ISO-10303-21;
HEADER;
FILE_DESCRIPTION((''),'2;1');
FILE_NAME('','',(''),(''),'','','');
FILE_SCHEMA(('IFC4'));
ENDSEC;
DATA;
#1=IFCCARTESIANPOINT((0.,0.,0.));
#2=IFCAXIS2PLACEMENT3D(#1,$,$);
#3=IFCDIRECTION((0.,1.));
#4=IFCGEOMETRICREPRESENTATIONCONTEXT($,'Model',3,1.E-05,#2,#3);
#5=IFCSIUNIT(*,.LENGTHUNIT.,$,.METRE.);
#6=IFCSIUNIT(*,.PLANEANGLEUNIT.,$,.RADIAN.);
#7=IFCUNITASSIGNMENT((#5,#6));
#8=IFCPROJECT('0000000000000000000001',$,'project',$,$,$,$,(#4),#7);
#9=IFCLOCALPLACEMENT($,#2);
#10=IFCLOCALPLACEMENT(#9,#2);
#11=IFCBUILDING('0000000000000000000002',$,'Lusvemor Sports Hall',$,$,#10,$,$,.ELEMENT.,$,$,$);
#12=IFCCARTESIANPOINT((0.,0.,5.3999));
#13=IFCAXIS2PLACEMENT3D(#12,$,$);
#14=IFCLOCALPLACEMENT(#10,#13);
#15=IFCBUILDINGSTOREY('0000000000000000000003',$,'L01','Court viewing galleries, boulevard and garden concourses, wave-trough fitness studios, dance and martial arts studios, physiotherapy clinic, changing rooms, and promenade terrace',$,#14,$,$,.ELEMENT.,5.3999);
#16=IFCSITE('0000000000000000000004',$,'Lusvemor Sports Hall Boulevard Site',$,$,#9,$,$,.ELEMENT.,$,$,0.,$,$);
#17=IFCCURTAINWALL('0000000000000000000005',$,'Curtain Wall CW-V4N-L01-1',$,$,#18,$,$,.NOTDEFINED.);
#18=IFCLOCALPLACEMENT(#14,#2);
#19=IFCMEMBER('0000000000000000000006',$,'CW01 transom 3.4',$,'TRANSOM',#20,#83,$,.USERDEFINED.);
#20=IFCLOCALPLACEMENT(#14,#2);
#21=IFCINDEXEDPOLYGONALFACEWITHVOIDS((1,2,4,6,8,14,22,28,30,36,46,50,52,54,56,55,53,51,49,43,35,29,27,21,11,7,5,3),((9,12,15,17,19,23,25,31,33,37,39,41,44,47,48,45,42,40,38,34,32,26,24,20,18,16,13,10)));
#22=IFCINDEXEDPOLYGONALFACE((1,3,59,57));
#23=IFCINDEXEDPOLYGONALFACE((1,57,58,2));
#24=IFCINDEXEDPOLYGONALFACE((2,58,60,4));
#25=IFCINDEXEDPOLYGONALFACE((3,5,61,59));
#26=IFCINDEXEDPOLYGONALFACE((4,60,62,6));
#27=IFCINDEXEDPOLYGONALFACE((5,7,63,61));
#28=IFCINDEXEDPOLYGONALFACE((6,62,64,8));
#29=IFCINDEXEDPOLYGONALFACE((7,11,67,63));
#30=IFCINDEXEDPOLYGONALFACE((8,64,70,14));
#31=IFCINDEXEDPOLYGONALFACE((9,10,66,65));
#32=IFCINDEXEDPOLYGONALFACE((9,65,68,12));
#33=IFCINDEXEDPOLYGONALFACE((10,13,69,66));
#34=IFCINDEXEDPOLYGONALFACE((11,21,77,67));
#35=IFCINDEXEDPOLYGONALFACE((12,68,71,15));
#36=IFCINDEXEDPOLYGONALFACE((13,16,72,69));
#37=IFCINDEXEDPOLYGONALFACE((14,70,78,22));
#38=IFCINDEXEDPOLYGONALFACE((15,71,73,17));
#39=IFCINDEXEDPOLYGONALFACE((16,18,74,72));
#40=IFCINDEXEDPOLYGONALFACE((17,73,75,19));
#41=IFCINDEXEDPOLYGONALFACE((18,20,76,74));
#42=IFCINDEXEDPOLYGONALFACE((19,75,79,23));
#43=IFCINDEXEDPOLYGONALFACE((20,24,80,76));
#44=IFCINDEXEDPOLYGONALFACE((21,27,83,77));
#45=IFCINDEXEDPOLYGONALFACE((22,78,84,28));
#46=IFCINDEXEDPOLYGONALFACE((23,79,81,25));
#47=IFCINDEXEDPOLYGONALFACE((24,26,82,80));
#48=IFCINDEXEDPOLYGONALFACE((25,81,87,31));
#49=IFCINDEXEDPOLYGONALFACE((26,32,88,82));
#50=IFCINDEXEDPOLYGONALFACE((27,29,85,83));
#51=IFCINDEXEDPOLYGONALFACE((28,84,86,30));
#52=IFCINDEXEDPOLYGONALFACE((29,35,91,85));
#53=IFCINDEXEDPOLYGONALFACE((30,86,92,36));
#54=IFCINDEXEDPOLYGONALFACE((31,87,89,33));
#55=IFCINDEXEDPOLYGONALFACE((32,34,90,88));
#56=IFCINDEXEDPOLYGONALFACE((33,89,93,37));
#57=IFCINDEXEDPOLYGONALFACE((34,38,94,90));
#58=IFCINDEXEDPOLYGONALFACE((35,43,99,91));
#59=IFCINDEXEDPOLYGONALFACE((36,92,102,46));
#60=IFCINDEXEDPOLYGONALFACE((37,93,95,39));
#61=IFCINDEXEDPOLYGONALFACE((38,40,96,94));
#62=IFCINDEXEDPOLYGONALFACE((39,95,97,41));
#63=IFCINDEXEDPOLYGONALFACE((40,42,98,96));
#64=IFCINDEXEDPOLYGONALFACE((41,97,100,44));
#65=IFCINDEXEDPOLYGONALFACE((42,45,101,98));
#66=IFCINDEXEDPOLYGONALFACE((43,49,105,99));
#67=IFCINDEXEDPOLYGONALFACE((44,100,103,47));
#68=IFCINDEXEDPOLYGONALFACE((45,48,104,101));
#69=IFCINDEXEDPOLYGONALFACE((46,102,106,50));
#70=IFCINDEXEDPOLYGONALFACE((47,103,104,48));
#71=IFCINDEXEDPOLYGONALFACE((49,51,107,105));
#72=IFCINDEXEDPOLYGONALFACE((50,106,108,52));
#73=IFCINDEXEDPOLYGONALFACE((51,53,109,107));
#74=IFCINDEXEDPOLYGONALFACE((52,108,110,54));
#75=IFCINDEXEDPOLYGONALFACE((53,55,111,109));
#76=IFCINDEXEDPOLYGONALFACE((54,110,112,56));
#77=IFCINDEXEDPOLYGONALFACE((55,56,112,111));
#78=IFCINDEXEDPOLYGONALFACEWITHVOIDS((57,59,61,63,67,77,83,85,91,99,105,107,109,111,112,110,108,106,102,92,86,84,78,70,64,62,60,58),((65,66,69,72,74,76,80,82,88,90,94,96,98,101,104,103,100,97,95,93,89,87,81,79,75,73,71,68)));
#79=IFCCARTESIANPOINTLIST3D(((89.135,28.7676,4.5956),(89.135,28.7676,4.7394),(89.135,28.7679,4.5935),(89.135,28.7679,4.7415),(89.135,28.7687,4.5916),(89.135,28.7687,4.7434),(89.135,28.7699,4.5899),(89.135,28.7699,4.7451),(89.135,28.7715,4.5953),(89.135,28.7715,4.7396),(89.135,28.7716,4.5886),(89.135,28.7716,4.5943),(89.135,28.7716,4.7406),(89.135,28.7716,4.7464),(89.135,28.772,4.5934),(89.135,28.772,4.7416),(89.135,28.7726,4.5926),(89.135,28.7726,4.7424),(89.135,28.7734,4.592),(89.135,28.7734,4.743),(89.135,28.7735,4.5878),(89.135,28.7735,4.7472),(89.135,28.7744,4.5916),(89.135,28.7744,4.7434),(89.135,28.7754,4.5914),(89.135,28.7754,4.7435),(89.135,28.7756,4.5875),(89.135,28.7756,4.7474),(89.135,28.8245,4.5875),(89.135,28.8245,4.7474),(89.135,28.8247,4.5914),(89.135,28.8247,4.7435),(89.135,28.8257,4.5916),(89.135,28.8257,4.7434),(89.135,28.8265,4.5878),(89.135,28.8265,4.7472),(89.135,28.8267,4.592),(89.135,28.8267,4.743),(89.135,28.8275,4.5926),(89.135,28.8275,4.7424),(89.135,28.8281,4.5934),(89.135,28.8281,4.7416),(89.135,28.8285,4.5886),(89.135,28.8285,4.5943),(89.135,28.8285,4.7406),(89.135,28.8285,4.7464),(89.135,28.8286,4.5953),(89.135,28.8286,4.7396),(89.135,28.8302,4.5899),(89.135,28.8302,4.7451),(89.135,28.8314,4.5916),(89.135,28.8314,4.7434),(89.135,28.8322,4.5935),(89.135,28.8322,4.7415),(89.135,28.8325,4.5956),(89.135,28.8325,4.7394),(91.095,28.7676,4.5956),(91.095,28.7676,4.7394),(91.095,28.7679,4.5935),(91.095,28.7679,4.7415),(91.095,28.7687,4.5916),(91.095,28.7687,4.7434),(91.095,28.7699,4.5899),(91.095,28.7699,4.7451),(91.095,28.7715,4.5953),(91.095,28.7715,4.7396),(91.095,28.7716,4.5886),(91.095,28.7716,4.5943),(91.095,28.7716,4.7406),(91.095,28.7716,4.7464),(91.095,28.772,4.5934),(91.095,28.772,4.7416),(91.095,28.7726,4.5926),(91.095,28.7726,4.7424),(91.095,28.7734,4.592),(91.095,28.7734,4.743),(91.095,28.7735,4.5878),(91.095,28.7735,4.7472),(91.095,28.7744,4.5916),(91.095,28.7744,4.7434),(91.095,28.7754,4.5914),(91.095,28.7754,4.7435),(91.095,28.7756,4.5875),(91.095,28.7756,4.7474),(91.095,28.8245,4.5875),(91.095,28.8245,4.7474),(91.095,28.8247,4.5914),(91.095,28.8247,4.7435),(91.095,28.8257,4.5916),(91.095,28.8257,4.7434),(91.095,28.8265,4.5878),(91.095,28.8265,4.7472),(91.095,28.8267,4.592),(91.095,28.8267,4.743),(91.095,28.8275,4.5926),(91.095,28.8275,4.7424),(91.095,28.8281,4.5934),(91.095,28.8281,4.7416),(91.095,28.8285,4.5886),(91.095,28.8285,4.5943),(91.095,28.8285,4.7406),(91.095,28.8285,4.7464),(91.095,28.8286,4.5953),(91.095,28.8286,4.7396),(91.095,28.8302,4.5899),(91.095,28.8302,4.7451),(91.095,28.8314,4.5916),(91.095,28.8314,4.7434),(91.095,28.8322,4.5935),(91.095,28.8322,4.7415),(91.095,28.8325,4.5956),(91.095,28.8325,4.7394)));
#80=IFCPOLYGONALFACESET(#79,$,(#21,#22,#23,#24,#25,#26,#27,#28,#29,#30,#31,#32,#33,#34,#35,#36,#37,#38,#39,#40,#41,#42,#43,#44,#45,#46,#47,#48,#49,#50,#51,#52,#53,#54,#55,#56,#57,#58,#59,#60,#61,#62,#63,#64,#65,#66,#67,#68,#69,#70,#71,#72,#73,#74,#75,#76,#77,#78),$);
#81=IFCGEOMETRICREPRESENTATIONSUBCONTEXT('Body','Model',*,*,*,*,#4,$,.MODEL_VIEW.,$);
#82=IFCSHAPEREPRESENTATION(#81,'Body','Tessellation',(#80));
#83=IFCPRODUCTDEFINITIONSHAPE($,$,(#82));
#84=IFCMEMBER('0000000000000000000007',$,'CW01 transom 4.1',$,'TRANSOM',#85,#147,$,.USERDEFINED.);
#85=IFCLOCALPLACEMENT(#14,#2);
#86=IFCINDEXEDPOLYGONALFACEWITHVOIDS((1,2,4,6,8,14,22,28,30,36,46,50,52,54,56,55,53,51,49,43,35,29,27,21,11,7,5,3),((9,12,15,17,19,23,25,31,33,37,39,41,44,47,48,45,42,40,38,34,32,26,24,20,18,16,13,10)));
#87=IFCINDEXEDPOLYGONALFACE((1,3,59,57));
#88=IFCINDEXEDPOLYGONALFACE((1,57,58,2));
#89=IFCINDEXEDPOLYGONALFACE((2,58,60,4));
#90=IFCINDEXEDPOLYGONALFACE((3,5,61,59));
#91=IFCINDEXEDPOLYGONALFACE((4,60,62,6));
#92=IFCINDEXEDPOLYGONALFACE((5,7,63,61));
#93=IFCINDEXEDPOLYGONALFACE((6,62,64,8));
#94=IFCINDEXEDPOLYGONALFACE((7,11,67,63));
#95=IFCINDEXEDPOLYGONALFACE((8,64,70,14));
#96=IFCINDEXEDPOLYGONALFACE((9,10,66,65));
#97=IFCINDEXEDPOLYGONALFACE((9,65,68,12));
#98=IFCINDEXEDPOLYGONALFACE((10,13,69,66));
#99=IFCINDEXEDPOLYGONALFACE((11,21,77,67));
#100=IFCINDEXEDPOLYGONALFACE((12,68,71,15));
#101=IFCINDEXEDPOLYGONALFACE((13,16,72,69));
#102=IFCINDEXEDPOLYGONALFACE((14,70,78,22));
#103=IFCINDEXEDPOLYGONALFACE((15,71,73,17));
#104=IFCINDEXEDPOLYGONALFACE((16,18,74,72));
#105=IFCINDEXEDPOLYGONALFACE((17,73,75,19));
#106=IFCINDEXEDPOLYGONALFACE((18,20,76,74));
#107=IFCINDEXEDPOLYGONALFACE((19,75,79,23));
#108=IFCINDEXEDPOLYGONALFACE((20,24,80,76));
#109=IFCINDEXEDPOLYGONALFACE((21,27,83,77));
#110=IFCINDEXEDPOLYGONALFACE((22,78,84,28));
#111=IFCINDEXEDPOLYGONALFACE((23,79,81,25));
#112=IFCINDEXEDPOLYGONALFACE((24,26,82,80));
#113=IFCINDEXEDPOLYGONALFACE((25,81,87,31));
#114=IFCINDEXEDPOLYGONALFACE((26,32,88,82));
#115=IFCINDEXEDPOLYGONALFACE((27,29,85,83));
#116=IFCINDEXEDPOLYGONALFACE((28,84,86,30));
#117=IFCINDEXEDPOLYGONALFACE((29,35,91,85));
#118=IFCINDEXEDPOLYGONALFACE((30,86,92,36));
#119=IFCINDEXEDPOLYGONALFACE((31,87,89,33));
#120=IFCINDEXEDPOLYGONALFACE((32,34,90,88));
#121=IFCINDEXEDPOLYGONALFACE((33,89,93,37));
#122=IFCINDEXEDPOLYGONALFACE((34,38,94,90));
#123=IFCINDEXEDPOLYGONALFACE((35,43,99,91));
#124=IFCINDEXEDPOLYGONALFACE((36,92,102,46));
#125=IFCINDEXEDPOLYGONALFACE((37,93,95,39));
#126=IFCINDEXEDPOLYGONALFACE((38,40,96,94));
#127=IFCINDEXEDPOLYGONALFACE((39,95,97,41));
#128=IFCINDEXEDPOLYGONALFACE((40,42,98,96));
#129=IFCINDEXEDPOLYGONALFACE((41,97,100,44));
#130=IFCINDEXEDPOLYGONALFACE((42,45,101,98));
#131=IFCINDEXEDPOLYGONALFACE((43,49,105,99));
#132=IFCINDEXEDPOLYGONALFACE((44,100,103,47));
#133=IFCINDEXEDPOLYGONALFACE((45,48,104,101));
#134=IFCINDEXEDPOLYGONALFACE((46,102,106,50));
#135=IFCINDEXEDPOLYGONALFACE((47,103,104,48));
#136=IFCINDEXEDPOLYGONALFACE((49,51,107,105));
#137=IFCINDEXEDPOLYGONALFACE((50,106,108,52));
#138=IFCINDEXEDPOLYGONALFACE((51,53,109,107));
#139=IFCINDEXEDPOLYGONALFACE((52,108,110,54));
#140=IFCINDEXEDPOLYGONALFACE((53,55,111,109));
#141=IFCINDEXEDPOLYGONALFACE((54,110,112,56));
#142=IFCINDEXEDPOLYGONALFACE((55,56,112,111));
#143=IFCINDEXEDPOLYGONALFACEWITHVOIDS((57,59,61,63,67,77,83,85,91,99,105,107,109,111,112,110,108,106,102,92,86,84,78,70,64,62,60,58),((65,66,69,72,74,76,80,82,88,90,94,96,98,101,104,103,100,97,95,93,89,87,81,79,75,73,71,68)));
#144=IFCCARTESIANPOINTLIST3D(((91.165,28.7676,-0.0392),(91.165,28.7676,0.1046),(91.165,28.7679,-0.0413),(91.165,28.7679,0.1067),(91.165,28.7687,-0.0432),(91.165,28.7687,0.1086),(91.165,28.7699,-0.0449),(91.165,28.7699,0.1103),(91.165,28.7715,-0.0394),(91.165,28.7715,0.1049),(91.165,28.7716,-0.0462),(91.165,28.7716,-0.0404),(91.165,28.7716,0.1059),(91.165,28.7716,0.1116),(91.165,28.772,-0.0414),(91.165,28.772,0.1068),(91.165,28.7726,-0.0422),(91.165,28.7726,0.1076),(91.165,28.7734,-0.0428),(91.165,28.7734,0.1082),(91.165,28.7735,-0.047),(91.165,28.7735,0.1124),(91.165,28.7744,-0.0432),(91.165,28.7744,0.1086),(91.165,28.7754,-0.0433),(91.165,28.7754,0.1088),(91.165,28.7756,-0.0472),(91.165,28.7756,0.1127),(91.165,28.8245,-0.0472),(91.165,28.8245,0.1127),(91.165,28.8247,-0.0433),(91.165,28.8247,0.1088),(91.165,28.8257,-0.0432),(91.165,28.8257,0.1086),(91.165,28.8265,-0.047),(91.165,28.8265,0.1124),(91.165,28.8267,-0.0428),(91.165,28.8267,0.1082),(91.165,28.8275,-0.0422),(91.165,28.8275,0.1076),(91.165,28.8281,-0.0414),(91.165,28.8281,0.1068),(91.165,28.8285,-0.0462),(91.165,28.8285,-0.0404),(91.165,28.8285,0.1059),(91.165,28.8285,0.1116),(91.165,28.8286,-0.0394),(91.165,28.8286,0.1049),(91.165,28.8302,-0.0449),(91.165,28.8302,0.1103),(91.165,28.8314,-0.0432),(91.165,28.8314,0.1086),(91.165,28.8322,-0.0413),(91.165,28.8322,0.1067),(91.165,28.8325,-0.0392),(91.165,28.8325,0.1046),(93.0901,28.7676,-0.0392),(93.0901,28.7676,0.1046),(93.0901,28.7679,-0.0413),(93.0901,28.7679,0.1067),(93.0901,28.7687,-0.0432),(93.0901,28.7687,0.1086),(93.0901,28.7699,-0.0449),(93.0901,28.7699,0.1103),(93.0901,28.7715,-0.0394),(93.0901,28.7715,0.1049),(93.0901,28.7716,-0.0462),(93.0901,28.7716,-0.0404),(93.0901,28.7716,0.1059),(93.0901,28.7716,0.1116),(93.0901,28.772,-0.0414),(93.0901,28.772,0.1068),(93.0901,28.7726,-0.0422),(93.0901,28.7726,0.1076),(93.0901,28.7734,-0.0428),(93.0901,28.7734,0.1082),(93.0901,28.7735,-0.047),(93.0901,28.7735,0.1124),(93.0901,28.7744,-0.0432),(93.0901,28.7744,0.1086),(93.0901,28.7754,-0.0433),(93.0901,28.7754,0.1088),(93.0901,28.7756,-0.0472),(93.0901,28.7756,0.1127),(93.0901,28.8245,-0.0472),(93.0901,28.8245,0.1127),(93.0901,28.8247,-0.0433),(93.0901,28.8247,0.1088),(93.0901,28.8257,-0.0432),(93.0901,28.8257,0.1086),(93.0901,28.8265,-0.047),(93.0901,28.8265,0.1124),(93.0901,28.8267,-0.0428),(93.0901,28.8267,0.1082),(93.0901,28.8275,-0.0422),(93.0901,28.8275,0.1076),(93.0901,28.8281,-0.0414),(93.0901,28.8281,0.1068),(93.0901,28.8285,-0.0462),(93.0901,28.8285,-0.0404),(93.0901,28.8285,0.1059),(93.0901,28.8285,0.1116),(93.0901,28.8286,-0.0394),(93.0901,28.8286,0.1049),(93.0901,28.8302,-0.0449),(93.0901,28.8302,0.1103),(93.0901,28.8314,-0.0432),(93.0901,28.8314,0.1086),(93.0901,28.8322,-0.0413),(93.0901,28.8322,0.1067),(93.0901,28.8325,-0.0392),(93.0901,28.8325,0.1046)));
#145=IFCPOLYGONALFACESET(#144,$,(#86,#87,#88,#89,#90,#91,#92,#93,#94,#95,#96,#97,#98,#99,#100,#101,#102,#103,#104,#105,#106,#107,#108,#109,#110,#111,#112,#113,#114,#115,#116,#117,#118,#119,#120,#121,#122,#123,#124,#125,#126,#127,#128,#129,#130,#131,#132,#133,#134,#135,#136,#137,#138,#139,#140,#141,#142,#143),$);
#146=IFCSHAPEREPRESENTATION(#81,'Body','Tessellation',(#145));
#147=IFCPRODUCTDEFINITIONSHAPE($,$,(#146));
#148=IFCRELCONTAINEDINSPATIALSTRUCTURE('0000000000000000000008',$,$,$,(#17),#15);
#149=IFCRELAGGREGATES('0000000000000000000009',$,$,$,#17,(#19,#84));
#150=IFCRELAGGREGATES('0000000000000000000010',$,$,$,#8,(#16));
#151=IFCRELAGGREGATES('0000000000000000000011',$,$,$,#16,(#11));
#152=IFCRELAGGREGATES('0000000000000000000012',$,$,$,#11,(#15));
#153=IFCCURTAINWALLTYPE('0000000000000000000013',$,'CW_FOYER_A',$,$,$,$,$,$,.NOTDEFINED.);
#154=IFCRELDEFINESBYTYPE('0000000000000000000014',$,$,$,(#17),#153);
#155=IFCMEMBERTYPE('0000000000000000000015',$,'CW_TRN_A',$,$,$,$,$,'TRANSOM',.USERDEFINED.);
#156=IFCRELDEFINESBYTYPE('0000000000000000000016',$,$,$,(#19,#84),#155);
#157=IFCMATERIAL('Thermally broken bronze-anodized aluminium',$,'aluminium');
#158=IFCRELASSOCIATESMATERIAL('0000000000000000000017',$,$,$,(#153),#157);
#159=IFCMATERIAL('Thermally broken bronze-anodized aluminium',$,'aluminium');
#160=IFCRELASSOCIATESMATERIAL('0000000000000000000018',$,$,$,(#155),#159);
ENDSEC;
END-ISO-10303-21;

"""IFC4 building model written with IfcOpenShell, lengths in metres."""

from ifc_helpers import new_model, si_unit, direction, frame, origin, origin_2d, place, context, subcontext, project, spatial, hollow_rectangle, extrude, material, material_profile, profile_set, type_object, element, aggregate, save


model = new_model("IFC4")

# Units and contexts
model_context = context("Model", 3, precision=1e-05, world=origin(), true_north=direction((0.0, 1.0)))
body_context = subcontext(model_context, "Body", "Model", "MODEL_VIEW")
ifc_project = project(units=[si_unit("LENGTHUNIT", "METRE"), si_unit("PLANEANGLEUNIT", "RADIAN")], contexts=[model_context])

# Site, building, storey
site_placement = place(None, origin())
site = spatial("IfcSite", under=ifc_project, at=site_placement, Name="Lusvemor Sports Hall Boulevard Site", CompositionType="ELEMENT", RefElevation=0.0)
building_placement = place(site_placement, origin())
building = spatial("IfcBuilding", under=site, at=building_placement, Name="Lusvemor Sports Hall", CompositionType="ELEMENT")
storey_placement = place(building_placement, frame((0.0, 0.0, 5.3999)))
storey = spatial("IfcBuildingStorey", under=building, at=storey_placement, Name="L01", Description="Court viewing galleries, boulevard and garden concourses, wave-trough fitness studios, dance and martial arts studios, physiotherapy clinic, changing rooms, and promenade terrace", CompositionType="ELEMENT", Elevation=5.3999)

# Curtain wall
ifc_material_1 = material(Name="Thermally broken bronze-anodized aluminium", Category="aluminium")
curtain_wall_type = type_object("IfcCurtainWallType", Name="CW_FOYER_A", PredefinedType="NOTDEFINED", material=ifc_material_1)
curtain_wall_1_placement = place(storey_placement, origin())
curtain_wall_1 = element("IfcCurtainWall", 1, at=curtain_wall_1_placement, inside=storey, type_object=curtain_wall_type, Name="Curtain Wall CW-V4N-L01-1", PredefinedType="NOTDEFINED")

# Members
ifc_material_2 = material(Name="Thermally broken bronze-anodized aluminium", Category="aluminium")
ifc_material_profile_1 = material_profile(ifc_material_2, hollow_rectangle(XDim=0.0649, YDim=0.1599, WallThickness=0.0039, InnerFilletRadius=0.0039, OuterFilletRadius=0.0081, at=origin_2d()), Name="CWTRN160x65x4")
ifc_profile_set_1 = profile_set([ifc_material_profile_1], Name="Thermally broken bronze-anodized aluminium")
member_type_1 = type_object("IfcMemberType", Name="CW_TRN_A", ElementType="TRANSOM", PredefinedType="USERDEFINED", material=ifc_profile_set_1)
member_1_placement = place(storey_placement, frame((89.135, 28.8, 4.6675), z_axis=(1.0, 0.0, 0.0), x_axis=(0.0, 1.0, 0.0)))
member_1 = element("IfcMember", 2, at=member_1_placement, type_object=member_type_1, Name="CW01 transom 3.4", ObjectType="TRANSOM", PredefinedType="USERDEFINED", context=body_context, shape_type="SweptSolid", body=[
    extrude(hollow_rectangle(XDim=0.0649, YDim=0.1599, WallThickness=0.0039, InnerFilletRadius=0.0039, OuterFilletRadius=0.0081, at=origin_2d()), origin(), (0.0, 0.0, 1.0), 1.96),
])
member_2_placement = place(storey_placement, frame((91.165, 28.8, 0.0327), z_axis=(1.0, 0.0, 0.0), x_axis=(0.0, 1.0, 0.0)))
member_2 = element("IfcMember", 3, at=member_2_placement, type_object=member_type_1, Name="CW01 transom 4.1", ObjectType="TRANSOM", PredefinedType="USERDEFINED", context=body_context, shape_type="SweptSolid", body=[
    extrude(hollow_rectangle(XDim=0.0649, YDim=0.1599, WallThickness=0.0039, InnerFilletRadius=0.0039, OuterFilletRadius=0.0081, at=origin_2d()), origin(), (0.0, 0.0, 1.0), 1.925),
])

aggregate(curtain_wall_1, [member_1, member_2])

save(model, "model.ifc")
